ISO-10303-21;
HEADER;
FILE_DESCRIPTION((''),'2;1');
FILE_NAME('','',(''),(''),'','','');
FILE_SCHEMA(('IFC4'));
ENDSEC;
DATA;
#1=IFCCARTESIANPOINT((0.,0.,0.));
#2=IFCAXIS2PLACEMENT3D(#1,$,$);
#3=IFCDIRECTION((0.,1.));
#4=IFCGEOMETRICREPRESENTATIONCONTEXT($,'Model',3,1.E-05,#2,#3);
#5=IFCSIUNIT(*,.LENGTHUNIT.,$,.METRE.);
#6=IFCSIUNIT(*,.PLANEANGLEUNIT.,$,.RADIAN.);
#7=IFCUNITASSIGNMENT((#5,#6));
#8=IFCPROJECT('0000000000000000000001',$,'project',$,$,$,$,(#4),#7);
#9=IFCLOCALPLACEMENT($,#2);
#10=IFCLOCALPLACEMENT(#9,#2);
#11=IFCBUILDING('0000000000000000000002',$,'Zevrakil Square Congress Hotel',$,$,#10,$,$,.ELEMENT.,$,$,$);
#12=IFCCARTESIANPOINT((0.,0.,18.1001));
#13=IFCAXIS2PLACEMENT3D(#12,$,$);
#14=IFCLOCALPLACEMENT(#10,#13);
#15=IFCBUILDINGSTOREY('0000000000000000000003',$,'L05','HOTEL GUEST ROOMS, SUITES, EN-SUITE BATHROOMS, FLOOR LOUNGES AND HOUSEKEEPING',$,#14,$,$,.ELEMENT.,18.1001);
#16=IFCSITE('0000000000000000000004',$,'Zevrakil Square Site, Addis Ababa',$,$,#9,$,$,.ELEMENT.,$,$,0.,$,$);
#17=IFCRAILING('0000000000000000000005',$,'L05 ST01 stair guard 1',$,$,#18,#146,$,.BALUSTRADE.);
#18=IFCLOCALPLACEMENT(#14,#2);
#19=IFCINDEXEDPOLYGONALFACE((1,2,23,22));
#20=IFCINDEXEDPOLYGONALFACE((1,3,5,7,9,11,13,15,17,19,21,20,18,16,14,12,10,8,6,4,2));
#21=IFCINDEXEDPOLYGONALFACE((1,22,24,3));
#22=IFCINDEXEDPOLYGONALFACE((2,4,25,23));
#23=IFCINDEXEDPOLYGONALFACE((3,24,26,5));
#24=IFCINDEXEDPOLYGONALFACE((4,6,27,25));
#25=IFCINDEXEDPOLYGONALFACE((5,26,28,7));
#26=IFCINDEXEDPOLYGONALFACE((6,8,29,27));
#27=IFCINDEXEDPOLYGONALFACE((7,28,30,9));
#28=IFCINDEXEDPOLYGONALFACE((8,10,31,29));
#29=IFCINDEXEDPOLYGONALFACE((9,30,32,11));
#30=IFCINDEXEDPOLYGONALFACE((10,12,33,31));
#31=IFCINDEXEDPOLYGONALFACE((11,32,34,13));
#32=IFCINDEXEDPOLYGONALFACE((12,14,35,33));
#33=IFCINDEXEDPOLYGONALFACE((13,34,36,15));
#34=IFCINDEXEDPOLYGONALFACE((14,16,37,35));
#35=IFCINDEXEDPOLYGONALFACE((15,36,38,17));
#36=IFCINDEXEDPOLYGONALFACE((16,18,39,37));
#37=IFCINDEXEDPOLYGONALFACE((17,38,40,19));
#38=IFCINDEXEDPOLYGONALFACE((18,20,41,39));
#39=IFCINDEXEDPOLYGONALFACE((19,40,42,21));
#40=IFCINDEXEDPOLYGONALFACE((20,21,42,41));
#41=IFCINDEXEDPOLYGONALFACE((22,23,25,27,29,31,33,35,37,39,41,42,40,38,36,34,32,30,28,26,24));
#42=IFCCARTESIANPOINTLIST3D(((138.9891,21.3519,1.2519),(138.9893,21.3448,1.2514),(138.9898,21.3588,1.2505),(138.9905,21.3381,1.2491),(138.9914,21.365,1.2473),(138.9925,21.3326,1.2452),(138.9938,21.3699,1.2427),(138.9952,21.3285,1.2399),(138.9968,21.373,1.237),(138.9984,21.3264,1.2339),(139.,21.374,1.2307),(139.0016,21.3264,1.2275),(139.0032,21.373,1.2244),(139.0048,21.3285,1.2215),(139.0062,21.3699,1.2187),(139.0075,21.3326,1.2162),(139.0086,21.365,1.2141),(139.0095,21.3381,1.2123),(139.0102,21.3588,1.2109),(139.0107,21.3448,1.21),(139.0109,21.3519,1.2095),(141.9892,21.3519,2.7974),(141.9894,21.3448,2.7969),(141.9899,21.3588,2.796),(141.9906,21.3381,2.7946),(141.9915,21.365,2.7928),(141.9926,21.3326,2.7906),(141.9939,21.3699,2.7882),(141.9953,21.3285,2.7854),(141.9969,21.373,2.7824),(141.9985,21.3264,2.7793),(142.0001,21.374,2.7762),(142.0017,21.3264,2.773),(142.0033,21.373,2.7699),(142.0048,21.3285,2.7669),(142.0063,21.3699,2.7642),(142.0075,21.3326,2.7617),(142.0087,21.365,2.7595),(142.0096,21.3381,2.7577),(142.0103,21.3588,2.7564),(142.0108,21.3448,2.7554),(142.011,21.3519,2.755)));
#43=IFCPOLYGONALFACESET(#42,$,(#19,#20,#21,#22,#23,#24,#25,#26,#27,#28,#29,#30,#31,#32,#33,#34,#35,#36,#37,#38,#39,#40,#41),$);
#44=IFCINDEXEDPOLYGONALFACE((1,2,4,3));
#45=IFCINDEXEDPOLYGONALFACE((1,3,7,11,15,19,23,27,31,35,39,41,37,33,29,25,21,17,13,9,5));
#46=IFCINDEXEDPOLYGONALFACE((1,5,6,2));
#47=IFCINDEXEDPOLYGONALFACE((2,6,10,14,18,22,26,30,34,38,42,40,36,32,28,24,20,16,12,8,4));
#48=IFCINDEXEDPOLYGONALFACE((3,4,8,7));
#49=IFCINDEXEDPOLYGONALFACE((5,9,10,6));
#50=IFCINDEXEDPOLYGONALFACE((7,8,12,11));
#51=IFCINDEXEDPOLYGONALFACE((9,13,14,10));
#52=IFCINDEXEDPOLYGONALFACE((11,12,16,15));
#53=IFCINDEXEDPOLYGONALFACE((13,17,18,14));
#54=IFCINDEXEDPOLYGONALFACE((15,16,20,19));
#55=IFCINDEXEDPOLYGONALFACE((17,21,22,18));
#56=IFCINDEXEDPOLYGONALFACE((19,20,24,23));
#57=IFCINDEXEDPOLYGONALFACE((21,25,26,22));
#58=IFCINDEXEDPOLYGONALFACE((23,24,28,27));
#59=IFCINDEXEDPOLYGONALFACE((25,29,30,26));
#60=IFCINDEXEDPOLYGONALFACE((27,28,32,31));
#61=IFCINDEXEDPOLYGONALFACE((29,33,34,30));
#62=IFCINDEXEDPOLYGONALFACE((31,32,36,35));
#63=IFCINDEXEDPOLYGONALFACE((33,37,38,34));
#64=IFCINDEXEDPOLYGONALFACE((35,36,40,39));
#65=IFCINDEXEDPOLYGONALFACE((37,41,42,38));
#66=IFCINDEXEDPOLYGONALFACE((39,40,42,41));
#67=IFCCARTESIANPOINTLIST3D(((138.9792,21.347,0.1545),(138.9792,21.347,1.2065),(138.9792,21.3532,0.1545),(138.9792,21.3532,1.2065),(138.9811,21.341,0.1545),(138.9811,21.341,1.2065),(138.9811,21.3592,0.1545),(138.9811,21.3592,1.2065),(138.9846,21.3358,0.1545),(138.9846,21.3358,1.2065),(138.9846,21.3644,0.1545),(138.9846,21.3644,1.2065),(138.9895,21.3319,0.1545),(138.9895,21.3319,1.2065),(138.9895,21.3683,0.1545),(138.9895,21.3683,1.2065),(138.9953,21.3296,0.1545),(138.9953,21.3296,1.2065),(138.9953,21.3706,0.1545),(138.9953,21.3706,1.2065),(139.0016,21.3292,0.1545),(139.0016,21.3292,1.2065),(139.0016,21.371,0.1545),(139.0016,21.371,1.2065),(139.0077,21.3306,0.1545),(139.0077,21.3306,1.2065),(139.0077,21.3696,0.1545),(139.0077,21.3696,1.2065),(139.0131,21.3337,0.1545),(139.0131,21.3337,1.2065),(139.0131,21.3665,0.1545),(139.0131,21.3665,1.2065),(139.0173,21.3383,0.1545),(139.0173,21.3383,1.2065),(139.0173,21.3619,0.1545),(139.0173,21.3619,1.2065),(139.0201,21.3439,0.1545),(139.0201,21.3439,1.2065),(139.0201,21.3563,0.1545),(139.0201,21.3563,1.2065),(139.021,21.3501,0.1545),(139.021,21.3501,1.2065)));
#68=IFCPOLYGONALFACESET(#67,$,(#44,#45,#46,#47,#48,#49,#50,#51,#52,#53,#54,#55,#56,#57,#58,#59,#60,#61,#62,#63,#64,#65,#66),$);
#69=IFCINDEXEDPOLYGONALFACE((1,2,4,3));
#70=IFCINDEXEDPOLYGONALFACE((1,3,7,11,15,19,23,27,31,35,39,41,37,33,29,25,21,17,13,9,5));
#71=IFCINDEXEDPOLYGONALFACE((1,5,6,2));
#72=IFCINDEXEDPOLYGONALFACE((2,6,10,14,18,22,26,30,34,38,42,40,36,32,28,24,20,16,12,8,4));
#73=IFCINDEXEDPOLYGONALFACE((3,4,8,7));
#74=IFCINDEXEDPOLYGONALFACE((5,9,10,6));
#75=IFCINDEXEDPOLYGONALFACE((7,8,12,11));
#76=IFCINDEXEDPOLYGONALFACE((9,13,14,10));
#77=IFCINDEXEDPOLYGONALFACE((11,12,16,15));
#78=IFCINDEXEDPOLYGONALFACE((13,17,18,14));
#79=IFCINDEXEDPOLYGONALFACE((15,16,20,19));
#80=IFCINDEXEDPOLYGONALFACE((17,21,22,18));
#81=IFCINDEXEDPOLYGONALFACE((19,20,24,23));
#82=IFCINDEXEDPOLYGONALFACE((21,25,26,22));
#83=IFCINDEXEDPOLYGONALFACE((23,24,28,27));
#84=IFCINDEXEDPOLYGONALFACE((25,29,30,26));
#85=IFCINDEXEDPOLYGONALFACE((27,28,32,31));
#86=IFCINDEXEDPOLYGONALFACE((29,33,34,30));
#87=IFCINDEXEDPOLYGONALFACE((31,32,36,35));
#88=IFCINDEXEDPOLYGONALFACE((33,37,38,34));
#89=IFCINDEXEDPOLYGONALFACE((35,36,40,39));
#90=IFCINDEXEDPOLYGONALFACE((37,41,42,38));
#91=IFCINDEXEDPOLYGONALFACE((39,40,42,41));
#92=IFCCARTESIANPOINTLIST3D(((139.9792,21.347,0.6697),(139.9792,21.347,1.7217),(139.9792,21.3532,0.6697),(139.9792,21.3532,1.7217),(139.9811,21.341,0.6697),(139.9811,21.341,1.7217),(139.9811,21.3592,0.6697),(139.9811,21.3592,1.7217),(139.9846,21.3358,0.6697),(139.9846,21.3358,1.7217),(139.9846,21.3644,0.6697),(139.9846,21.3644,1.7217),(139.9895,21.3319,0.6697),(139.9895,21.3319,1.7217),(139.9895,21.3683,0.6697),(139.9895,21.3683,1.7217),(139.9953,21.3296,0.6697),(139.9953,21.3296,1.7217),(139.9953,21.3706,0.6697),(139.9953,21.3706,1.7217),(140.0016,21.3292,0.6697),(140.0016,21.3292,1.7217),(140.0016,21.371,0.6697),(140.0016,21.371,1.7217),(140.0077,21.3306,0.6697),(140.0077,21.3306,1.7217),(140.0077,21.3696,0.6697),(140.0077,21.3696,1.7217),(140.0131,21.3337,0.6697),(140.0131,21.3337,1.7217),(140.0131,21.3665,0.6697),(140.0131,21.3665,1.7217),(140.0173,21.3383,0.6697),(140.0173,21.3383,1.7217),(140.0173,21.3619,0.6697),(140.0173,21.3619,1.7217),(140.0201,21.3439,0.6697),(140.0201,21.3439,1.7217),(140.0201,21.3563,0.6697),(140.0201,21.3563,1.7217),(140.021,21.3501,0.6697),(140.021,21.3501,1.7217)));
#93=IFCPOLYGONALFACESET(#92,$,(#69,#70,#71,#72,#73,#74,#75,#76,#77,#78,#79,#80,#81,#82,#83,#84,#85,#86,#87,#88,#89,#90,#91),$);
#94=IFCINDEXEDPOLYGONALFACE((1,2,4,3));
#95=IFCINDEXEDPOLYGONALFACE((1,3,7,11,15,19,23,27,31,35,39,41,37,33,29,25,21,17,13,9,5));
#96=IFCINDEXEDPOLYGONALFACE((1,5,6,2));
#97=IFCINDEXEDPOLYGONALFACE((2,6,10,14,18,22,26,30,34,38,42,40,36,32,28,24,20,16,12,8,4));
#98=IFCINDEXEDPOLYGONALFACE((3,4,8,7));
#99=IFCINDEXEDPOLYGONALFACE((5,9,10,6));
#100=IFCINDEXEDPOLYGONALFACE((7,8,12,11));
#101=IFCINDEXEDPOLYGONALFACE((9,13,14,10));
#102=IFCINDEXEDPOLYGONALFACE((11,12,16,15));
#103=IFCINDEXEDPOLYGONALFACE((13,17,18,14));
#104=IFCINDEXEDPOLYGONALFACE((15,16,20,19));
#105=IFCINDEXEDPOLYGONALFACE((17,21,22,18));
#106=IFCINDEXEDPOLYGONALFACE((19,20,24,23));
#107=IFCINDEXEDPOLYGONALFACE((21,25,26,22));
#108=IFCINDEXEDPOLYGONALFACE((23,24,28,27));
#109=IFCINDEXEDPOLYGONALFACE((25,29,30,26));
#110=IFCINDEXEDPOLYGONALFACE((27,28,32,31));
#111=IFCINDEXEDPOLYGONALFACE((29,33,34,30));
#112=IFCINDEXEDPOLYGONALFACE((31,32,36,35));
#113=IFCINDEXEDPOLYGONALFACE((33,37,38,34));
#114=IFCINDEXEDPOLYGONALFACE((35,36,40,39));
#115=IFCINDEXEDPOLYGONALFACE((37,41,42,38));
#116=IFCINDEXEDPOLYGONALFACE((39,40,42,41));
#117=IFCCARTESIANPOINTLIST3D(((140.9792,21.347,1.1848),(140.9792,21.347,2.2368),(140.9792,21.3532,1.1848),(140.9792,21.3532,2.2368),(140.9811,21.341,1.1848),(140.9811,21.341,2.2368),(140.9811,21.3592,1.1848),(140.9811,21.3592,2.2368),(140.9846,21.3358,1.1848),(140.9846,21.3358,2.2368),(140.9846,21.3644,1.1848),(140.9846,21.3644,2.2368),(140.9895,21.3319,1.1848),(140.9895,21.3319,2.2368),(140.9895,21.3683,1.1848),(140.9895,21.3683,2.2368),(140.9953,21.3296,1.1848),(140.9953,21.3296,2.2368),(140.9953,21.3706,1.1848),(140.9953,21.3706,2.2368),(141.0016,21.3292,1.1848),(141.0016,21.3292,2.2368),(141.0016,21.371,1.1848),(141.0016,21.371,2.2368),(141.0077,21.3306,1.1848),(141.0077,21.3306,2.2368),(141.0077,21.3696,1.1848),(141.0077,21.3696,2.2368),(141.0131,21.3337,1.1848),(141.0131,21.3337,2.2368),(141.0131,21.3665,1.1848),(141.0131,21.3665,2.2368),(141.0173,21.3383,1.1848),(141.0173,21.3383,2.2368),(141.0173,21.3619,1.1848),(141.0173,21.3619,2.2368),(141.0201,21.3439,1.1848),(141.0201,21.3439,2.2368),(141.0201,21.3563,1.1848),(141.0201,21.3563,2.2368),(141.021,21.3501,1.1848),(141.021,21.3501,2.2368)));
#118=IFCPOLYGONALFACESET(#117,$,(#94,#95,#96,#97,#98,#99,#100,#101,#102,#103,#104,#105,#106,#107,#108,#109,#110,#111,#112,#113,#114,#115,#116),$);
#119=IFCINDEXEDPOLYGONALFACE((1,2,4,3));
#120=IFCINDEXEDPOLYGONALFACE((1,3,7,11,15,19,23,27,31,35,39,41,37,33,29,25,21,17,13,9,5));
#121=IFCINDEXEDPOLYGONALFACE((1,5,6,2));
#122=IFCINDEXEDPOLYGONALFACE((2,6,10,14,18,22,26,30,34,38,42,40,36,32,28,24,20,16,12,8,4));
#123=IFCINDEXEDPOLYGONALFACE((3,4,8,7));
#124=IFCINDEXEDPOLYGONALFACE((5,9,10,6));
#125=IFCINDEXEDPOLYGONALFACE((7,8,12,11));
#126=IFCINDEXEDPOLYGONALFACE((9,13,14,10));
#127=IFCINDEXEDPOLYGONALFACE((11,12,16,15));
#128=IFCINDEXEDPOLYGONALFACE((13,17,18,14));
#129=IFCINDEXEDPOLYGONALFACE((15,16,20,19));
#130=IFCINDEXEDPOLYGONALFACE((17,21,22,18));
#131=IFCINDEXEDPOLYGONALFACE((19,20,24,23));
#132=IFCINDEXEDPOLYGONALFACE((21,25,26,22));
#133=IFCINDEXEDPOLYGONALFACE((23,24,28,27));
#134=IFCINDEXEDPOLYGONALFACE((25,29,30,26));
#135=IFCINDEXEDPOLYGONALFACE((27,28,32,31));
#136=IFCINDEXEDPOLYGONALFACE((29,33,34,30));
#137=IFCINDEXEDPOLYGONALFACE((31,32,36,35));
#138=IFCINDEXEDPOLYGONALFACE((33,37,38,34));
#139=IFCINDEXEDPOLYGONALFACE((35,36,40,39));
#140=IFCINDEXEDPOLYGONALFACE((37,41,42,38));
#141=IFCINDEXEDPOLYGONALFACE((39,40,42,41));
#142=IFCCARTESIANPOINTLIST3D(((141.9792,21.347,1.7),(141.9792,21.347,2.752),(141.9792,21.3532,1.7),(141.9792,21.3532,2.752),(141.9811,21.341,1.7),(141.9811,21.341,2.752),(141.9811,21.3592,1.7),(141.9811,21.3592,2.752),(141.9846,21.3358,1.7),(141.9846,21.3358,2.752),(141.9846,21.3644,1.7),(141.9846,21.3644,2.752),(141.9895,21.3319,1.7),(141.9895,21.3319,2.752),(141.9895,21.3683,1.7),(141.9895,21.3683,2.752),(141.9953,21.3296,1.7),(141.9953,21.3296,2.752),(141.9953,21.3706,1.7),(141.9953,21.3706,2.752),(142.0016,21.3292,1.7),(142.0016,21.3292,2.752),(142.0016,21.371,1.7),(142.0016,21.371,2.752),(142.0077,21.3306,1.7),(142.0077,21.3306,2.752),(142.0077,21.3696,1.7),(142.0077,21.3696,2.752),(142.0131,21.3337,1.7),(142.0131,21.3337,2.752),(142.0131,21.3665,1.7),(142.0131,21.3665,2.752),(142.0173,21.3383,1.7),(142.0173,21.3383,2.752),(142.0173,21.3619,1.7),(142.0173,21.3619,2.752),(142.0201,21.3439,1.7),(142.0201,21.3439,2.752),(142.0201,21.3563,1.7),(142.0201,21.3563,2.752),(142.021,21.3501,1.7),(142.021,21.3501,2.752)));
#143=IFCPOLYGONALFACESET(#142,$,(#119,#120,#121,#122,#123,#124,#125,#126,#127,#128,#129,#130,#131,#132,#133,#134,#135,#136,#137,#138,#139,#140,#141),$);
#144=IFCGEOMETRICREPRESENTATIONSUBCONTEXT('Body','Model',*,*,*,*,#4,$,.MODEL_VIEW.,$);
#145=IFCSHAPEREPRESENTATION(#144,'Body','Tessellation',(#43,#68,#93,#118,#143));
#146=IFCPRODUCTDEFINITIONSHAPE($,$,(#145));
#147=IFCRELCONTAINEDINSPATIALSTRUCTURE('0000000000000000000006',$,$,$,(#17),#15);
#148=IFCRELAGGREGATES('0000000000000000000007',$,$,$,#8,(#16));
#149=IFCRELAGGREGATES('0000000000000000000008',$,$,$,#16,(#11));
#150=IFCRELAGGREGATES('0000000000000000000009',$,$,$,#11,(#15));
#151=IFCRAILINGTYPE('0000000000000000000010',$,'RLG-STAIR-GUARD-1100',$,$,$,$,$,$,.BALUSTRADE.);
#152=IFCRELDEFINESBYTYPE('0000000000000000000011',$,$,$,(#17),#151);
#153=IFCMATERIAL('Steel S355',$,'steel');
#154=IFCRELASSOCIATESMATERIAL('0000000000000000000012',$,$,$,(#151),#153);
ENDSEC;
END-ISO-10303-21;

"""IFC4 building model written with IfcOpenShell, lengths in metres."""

from ifc_helpers import new_model, si_unit, direction, frame, origin, origin_2d, place, context, subcontext, project, spatial, circle, extrude, material, type_object, element, save


model = new_model("IFC4")

# Units and contexts
model_context = context("Model", 3, precision=1e-05, world=origin(), true_north=direction((0.0, 1.0)))
body_context = subcontext(model_context, "Body", "Model", "MODEL_VIEW")
ifc_project = project(units=[si_unit("LENGTHUNIT", "METRE"), si_unit("PLANEANGLEUNIT", "RADIAN")], contexts=[model_context])

# Site, building, storey
site_placement = place(None, origin())
site = spatial("IfcSite", under=ifc_project, at=site_placement, Name="Zevrakil Square Site, Addis Ababa", CompositionType="ELEMENT", RefElevation=0.0)
building_placement = place(site_placement, origin())
building = spatial("IfcBuilding", under=site, at=building_placement, Name="Zevrakil Square Congress Hotel", CompositionType="ELEMENT")
storey_placement = place(building_placement, frame((0.0, 0.0, 18.1001)))
storey = spatial("IfcBuildingStorey", under=building, at=storey_placement, Name="L05", Description="HOTEL GUEST ROOMS, SUITES, EN-SUITE BATHROOMS, FLOOR LOUNGES AND HOUSEKEEPING", CompositionType="ELEMENT", Elevation=18.1001)

# Railing
ifc_material_1 = material(Name="Steel S355", Category="steel")
railing_type_1 = type_object("IfcRailingType", Name="RLG-STAIR-GUARD-1100", PredefinedType="BALUSTRADE", material=ifc_material_1)
railing_1_placement = place(storey_placement, frame((139.0, 21.3501, 0.1545)))
element("IfcRailing", 1, at=railing_1_placement, inside=storey, type_object=railing_type_1, Name="L05 ST01 stair guard 1", PredefinedType="BALUSTRADE", context=body_context, shape_type="SweptSolid", body=[
    extrude(circle(Radius=0.0239, at=origin_2d()), frame((0.0, 0.0, 1.0762), z_axis=(0.88898, 0.0, 0.457946), x_axis=(0.0, 1.0, 0.0)), (0.0, 0.0, 1.0), 3.3748),
    extrude(circle(Radius=0.021, at=origin_2d()), origin(), (0.0, 0.0, 1.0), 1.052),
    extrude(circle(Radius=0.021, at=origin_2d()), frame((1.0, 0.0, 0.5151)), (0.0, 0.0, 1.0), 1.052),
    extrude(circle(Radius=0.021, at=origin_2d()), frame((2.0, 0.0, 1.0303)), (0.0, 0.0, 1.0), 1.052),
    extrude(circle(Radius=0.021, at=origin_2d()), frame((3.0, 0.0, 1.5454)), (0.0, 0.0, 1.0), 1.052),
])

save(model, "model.ifc")
